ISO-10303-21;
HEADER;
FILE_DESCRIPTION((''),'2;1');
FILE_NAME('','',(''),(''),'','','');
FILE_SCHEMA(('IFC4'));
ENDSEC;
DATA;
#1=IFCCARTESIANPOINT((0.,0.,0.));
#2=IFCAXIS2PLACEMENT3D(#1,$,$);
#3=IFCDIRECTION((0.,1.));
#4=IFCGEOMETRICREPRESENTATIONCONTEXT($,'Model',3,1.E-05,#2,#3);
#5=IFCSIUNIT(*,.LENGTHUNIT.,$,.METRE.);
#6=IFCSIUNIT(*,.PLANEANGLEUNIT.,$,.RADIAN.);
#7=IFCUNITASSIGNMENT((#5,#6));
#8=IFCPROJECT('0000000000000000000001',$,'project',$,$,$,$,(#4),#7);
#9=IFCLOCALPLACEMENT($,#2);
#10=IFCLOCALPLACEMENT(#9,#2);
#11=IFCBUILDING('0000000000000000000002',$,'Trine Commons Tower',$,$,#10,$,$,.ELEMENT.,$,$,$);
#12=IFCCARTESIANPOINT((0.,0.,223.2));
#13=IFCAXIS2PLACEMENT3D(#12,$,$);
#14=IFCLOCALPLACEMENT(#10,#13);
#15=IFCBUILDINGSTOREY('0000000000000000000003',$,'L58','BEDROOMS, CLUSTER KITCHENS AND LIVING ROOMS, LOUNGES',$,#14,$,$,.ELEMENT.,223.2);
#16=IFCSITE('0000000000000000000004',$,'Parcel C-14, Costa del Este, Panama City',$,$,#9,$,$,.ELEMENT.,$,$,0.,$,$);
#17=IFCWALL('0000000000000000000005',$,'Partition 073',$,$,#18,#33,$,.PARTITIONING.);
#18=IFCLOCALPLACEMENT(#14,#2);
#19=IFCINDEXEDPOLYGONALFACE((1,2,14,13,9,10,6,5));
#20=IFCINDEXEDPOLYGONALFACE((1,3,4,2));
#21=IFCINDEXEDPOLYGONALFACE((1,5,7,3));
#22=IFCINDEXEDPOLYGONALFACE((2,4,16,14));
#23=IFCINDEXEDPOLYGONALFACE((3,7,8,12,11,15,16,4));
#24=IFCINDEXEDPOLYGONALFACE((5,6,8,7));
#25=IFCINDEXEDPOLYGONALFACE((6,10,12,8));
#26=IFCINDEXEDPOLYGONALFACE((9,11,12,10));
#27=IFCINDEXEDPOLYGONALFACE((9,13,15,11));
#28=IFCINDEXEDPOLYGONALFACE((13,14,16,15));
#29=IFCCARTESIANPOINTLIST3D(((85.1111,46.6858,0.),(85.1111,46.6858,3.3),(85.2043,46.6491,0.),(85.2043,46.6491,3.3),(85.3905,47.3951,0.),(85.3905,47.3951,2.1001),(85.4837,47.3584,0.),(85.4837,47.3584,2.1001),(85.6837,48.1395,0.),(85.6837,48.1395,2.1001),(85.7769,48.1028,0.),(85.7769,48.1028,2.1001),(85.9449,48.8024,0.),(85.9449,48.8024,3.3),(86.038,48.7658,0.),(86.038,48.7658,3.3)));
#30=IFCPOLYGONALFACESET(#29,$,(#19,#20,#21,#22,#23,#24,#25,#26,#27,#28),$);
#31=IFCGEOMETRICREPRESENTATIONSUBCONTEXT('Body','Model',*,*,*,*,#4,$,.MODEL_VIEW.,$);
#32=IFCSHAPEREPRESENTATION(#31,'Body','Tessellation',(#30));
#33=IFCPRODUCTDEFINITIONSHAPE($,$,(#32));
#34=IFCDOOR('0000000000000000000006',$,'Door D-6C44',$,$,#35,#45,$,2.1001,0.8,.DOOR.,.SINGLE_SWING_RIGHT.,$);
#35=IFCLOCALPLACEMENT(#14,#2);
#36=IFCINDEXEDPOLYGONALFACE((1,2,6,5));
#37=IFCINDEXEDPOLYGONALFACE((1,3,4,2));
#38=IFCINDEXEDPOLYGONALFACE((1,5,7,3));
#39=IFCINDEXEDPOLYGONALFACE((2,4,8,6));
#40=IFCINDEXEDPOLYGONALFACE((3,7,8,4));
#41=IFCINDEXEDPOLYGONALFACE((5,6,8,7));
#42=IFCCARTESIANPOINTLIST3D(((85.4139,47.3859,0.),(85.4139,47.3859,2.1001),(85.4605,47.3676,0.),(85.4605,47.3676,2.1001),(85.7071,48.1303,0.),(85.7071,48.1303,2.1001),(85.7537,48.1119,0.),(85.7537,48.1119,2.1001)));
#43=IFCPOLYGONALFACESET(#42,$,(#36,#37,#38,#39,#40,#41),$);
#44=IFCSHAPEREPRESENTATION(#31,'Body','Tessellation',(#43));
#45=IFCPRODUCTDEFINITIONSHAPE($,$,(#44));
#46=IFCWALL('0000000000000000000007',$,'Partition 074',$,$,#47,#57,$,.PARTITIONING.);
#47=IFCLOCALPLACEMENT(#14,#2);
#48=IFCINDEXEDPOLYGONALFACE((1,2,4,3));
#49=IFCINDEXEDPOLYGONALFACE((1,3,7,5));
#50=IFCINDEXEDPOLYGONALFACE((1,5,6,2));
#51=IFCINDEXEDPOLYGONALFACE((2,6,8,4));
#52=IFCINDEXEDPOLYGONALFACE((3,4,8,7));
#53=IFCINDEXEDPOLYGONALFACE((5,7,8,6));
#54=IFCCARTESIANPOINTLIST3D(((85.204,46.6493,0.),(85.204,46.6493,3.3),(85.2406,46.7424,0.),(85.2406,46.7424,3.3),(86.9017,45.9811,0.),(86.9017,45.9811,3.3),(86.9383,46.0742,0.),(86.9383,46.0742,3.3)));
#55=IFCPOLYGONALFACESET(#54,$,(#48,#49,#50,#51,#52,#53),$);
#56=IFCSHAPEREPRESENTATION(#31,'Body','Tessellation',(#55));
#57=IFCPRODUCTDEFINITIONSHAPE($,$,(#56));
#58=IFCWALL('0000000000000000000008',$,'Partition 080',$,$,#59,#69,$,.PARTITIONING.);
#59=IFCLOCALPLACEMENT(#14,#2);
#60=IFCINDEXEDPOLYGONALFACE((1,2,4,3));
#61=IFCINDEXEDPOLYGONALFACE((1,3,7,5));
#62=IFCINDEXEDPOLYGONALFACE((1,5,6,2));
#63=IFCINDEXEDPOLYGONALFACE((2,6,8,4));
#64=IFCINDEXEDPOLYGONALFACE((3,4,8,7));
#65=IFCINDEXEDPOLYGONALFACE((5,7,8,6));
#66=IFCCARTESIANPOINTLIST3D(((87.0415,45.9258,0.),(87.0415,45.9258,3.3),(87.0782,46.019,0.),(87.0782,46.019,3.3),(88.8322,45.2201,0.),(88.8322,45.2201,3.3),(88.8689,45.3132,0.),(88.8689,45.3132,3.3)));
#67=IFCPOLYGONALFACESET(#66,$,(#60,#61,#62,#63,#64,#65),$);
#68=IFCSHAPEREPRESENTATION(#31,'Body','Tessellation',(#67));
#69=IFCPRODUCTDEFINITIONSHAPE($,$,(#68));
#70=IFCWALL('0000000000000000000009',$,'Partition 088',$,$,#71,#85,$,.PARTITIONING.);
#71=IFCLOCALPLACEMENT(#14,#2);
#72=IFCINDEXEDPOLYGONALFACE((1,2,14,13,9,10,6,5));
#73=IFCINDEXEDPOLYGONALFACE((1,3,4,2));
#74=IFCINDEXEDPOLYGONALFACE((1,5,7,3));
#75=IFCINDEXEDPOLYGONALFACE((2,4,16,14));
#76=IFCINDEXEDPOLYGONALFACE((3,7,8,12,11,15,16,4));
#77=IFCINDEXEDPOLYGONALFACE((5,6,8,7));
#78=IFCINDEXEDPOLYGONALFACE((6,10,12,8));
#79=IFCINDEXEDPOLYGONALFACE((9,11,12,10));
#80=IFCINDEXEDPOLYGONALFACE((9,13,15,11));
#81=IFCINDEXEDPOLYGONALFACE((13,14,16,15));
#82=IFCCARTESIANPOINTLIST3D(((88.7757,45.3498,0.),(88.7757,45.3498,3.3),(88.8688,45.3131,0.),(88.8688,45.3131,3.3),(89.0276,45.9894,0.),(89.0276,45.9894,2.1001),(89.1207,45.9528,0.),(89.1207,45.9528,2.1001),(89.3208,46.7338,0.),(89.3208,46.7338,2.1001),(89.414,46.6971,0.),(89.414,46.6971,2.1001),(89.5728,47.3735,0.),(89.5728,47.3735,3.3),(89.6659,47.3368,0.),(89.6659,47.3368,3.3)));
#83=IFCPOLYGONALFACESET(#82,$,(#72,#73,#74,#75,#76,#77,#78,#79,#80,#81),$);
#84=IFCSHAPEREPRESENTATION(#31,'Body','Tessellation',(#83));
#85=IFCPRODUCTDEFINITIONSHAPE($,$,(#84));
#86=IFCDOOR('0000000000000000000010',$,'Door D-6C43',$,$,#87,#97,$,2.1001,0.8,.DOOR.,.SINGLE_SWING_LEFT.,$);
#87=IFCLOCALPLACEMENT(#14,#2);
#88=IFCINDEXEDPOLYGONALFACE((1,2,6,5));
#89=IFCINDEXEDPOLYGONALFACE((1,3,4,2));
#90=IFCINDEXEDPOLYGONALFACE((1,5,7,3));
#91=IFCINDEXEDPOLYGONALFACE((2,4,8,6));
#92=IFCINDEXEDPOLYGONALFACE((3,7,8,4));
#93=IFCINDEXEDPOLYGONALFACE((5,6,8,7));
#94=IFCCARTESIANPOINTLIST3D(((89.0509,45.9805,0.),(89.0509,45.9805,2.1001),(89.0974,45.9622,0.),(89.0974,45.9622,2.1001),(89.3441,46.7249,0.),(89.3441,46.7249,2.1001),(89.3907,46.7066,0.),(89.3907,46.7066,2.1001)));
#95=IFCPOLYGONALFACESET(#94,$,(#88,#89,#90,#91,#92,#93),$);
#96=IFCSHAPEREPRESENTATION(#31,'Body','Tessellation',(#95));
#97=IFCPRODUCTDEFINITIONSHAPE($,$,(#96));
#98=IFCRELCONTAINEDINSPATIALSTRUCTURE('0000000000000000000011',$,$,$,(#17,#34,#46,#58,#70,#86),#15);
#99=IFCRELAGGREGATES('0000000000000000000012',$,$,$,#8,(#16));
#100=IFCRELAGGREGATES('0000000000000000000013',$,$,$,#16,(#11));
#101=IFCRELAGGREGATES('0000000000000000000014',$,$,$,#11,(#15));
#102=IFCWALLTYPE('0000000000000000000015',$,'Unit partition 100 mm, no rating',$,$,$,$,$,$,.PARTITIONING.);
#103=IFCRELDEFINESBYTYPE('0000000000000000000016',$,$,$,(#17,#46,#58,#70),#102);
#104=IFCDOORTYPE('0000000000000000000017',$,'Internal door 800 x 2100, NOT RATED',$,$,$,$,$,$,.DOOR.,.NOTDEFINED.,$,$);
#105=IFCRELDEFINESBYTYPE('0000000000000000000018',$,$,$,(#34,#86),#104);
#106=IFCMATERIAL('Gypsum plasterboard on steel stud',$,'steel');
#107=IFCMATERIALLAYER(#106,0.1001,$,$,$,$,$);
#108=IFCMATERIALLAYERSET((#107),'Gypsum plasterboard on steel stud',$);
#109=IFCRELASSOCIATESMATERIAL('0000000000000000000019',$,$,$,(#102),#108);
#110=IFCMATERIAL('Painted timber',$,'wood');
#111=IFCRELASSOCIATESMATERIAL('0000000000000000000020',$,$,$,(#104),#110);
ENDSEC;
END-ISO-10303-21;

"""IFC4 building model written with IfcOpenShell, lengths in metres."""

from ifc_helpers import new_model, si_unit, direction, frame, frame_2d, origin, place, context, subcontext, project, spatial, rectangle, extrude, material, layer, layer_set, type_object, element, fill, save


model = new_model("IFC4")

# Units and contexts
model_context = context("Model", 3, precision=1e-05, world=origin(), true_north=direction((0.0, 1.0)))
body_context = subcontext(model_context, "Body", "Model", "MODEL_VIEW")
ifc_project = project(units=[si_unit("LENGTHUNIT", "METRE"), si_unit("PLANEANGLEUNIT", "RADIAN")], contexts=[model_context])

# Site, building, storey
site_placement = place(None, origin())
site = spatial("IfcSite", under=ifc_project, at=site_placement, Name="Parcel C-14, Costa del Este, Panama City", CompositionType="ELEMENT", RefElevation=0.0)
building_placement = place(site_placement, origin())
building = spatial("IfcBuilding", under=site, at=building_placement, Name="Trine Commons Tower", CompositionType="ELEMENT")
storey_placement = place(building_placement, frame((0.0, 0.0, 223.2)))
storey = spatial("IfcBuildingStorey", under=building, at=storey_placement, Name="L58", Description="BEDROOMS, CLUSTER KITCHENS AND LIVING ROOMS, LOUNGES", CompositionType="ELEMENT", Elevation=223.2)

# Shared definitions
ifc_material_1 = material(Name="Gypsum plasterboard on steel stud", Category="steel")

# Wall, opening, door
ifc_layer_1 = layer(ifc_material_1, 0.1001)
ifc_layer_set_1 = layer_set([ifc_layer_1], Name="Gypsum plasterboard on steel stud")
wall_type_1 = type_object("IfcWallType", Name="Unit partition 100 mm, no rating", PredefinedType="PARTITIONING", material=ifc_layer_set_1)
wall_1_placement = place(storey_placement, frame((85.1577, 46.6675, 0.0), z_axis=(0.0, 0.0, 1.0), x_axis=(0.366482, 0.930425, 0.0)))
wall_1 = element("IfcWall", 1, at=wall_1_placement, inside=storey, type_object=wall_type_1, Name="Partition 073", PredefinedType="PARTITIONING", context=body_context, shape_type="SweptSolid", body=[
    extrude(rectangle(XDim=2.2749, YDim=0.1001, at=frame_2d((1.1375, 0.0))), origin(), (0.0, 0.0, 1.0), 3.3),
])
opening_1_placement = place(wall_1_placement, frame((0.7625, 0.0, 0.0)))
opening_1 = element("IfcOpeningElement", 2, at=opening_1_placement, cuts=wall_1, PredefinedType="OPENING", context=body_context, shape_type="SweptSolid", body=[
    extrude(rectangle(XDim=0.8, YDim=2.1001, at=frame_2d((0.3999, 1.05))), frame((0.0, 0.0601, 0.0), z_axis=(0.0, -1.0, 0.0), x_axis=(1.0, 0.0, 0.0)), (0.0, 0.0, 1.0), 0.1201),
])
ifc_material_2 = material(Name="Painted timber", Category="wood")
door_type_1 = type_object("IfcDoorType", Name="Internal door 800 x 2100, NOT RATED", OperationType="NOTDEFINED", PredefinedType="DOOR", material=ifc_material_2)
door_1_placement = place(opening_1_placement, origin())
door_1 = element("IfcDoor", 3, at=door_1_placement, inside=storey, type_object=door_type_1, Name="Door D-6C44", OperationType="SINGLE_SWING_RIGHT", OverallHeight=2.1001, OverallWidth=0.8, PredefinedType="DOOR", context=body_context, shape_type="SweptSolid", body=[
    extrude(rectangle(XDim=0.8, YDim=2.1001, at=frame_2d((0.3999, 1.05))), frame((0.0, 0.0249, 0.0), z_axis=(0.0, -1.0, 0.0), x_axis=(1.0, 0.0, 0.0)), (0.0, 0.0, 1.0), 0.05),
])
fill(opening_1, door_1)

# Walls
wall_2_placement = place(storey_placement, frame((85.2224, 46.6958, 0.0), z_axis=(0.0, 0.0, 1.0), x_axis=(0.93052, -0.36624, 0.0)))
element("IfcWall", 4, at=wall_2_placement, inside=storey, type_object=wall_type_1, Name="Partition 074", PredefinedType="PARTITIONING", context=body_context, shape_type="SweptSolid", body=[
    extrude(rectangle(XDim=1.8245, YDim=0.1001, at=frame_2d((0.9121, 0.0))), origin(), (0.0, 0.0, 1.0), 3.3),
])
wall_3_placement = place(storey_placement, frame((87.0598, 45.9724, 0.0), z_axis=(0.0, 0.0, 1.0), x_axis=(0.930345, -0.366684, 0.0)))
element("IfcWall", 5, at=wall_3_placement, inside=storey, type_object=wall_type_1, Name="Partition 080", PredefinedType="PARTITIONING", context=body_context, shape_type="SweptSolid", body=[
    extrude(rectangle(XDim=1.9248, YDim=0.1001, at=frame_2d((0.9624, 0.0))), origin(), (0.0, 0.0, 1.0), 3.3),
])

# Wall, opening, door
wall_4_placement = place(storey_placement, frame((88.8223, 45.3315, 0.0), z_axis=(0.0, 0.0, 1.0), x_axis=(0.366489, 0.930422, 0.0)))
wall_4 = element("IfcWall", 6, at=wall_4_placement, inside=storey, type_object=wall_type_1, Name="Partition 088", PredefinedType="PARTITIONING", context=body_context, shape_type="SweptSolid", body=[
    extrude(rectangle(XDim=2.175, YDim=0.1001, at=frame_2d((1.0874, 0.0))), origin(), (0.0, 0.0, 1.0), 3.3),
])
opening_2_placement = place(wall_4_placement, frame((0.6875, 0.0, 0.0)))
opening_2 = element("IfcOpeningElement", 7, at=opening_2_placement, cuts=wall_4, PredefinedType="OPENING", context=body_context, shape_type="SweptSolid", body=[
    extrude(rectangle(XDim=0.8, YDim=2.1001, at=frame_2d((0.3999, 1.05))), frame((0.0, 0.0601, 0.0), z_axis=(0.0, -1.0, 0.0), x_axis=(1.0, 0.0, 0.0)), (0.0, 0.0, 1.0), 0.1201),
])
door_2_placement = place(opening_2_placement, frame((0.8, 0.0, 0.0), z_axis=(0.0, 0.0, 1.0), x_axis=(-1.0, 0.0, 0.0)))
door_2 = element("IfcDoor", 8, at=door_2_placement, inside=storey, type_object=door_type_1, Name="Door D-6C43", OperationType="SINGLE_SWING_LEFT", OverallHeight=2.1001, OverallWidth=0.8, PredefinedType="DOOR", context=body_context, shape_type="SweptSolid", body=[
    extrude(rectangle(XDim=0.8, YDim=2.1001, at=frame_2d((0.3999, 1.05))), frame((0.0, 0.0249, 0.0), z_axis=(0.0, -1.0, 0.0), x_axis=(1.0, 0.0, 0.0)), (0.0, 0.0, 1.0), 0.05),
])
fill(opening_2, door_2)

save(model, "model.ifc")
